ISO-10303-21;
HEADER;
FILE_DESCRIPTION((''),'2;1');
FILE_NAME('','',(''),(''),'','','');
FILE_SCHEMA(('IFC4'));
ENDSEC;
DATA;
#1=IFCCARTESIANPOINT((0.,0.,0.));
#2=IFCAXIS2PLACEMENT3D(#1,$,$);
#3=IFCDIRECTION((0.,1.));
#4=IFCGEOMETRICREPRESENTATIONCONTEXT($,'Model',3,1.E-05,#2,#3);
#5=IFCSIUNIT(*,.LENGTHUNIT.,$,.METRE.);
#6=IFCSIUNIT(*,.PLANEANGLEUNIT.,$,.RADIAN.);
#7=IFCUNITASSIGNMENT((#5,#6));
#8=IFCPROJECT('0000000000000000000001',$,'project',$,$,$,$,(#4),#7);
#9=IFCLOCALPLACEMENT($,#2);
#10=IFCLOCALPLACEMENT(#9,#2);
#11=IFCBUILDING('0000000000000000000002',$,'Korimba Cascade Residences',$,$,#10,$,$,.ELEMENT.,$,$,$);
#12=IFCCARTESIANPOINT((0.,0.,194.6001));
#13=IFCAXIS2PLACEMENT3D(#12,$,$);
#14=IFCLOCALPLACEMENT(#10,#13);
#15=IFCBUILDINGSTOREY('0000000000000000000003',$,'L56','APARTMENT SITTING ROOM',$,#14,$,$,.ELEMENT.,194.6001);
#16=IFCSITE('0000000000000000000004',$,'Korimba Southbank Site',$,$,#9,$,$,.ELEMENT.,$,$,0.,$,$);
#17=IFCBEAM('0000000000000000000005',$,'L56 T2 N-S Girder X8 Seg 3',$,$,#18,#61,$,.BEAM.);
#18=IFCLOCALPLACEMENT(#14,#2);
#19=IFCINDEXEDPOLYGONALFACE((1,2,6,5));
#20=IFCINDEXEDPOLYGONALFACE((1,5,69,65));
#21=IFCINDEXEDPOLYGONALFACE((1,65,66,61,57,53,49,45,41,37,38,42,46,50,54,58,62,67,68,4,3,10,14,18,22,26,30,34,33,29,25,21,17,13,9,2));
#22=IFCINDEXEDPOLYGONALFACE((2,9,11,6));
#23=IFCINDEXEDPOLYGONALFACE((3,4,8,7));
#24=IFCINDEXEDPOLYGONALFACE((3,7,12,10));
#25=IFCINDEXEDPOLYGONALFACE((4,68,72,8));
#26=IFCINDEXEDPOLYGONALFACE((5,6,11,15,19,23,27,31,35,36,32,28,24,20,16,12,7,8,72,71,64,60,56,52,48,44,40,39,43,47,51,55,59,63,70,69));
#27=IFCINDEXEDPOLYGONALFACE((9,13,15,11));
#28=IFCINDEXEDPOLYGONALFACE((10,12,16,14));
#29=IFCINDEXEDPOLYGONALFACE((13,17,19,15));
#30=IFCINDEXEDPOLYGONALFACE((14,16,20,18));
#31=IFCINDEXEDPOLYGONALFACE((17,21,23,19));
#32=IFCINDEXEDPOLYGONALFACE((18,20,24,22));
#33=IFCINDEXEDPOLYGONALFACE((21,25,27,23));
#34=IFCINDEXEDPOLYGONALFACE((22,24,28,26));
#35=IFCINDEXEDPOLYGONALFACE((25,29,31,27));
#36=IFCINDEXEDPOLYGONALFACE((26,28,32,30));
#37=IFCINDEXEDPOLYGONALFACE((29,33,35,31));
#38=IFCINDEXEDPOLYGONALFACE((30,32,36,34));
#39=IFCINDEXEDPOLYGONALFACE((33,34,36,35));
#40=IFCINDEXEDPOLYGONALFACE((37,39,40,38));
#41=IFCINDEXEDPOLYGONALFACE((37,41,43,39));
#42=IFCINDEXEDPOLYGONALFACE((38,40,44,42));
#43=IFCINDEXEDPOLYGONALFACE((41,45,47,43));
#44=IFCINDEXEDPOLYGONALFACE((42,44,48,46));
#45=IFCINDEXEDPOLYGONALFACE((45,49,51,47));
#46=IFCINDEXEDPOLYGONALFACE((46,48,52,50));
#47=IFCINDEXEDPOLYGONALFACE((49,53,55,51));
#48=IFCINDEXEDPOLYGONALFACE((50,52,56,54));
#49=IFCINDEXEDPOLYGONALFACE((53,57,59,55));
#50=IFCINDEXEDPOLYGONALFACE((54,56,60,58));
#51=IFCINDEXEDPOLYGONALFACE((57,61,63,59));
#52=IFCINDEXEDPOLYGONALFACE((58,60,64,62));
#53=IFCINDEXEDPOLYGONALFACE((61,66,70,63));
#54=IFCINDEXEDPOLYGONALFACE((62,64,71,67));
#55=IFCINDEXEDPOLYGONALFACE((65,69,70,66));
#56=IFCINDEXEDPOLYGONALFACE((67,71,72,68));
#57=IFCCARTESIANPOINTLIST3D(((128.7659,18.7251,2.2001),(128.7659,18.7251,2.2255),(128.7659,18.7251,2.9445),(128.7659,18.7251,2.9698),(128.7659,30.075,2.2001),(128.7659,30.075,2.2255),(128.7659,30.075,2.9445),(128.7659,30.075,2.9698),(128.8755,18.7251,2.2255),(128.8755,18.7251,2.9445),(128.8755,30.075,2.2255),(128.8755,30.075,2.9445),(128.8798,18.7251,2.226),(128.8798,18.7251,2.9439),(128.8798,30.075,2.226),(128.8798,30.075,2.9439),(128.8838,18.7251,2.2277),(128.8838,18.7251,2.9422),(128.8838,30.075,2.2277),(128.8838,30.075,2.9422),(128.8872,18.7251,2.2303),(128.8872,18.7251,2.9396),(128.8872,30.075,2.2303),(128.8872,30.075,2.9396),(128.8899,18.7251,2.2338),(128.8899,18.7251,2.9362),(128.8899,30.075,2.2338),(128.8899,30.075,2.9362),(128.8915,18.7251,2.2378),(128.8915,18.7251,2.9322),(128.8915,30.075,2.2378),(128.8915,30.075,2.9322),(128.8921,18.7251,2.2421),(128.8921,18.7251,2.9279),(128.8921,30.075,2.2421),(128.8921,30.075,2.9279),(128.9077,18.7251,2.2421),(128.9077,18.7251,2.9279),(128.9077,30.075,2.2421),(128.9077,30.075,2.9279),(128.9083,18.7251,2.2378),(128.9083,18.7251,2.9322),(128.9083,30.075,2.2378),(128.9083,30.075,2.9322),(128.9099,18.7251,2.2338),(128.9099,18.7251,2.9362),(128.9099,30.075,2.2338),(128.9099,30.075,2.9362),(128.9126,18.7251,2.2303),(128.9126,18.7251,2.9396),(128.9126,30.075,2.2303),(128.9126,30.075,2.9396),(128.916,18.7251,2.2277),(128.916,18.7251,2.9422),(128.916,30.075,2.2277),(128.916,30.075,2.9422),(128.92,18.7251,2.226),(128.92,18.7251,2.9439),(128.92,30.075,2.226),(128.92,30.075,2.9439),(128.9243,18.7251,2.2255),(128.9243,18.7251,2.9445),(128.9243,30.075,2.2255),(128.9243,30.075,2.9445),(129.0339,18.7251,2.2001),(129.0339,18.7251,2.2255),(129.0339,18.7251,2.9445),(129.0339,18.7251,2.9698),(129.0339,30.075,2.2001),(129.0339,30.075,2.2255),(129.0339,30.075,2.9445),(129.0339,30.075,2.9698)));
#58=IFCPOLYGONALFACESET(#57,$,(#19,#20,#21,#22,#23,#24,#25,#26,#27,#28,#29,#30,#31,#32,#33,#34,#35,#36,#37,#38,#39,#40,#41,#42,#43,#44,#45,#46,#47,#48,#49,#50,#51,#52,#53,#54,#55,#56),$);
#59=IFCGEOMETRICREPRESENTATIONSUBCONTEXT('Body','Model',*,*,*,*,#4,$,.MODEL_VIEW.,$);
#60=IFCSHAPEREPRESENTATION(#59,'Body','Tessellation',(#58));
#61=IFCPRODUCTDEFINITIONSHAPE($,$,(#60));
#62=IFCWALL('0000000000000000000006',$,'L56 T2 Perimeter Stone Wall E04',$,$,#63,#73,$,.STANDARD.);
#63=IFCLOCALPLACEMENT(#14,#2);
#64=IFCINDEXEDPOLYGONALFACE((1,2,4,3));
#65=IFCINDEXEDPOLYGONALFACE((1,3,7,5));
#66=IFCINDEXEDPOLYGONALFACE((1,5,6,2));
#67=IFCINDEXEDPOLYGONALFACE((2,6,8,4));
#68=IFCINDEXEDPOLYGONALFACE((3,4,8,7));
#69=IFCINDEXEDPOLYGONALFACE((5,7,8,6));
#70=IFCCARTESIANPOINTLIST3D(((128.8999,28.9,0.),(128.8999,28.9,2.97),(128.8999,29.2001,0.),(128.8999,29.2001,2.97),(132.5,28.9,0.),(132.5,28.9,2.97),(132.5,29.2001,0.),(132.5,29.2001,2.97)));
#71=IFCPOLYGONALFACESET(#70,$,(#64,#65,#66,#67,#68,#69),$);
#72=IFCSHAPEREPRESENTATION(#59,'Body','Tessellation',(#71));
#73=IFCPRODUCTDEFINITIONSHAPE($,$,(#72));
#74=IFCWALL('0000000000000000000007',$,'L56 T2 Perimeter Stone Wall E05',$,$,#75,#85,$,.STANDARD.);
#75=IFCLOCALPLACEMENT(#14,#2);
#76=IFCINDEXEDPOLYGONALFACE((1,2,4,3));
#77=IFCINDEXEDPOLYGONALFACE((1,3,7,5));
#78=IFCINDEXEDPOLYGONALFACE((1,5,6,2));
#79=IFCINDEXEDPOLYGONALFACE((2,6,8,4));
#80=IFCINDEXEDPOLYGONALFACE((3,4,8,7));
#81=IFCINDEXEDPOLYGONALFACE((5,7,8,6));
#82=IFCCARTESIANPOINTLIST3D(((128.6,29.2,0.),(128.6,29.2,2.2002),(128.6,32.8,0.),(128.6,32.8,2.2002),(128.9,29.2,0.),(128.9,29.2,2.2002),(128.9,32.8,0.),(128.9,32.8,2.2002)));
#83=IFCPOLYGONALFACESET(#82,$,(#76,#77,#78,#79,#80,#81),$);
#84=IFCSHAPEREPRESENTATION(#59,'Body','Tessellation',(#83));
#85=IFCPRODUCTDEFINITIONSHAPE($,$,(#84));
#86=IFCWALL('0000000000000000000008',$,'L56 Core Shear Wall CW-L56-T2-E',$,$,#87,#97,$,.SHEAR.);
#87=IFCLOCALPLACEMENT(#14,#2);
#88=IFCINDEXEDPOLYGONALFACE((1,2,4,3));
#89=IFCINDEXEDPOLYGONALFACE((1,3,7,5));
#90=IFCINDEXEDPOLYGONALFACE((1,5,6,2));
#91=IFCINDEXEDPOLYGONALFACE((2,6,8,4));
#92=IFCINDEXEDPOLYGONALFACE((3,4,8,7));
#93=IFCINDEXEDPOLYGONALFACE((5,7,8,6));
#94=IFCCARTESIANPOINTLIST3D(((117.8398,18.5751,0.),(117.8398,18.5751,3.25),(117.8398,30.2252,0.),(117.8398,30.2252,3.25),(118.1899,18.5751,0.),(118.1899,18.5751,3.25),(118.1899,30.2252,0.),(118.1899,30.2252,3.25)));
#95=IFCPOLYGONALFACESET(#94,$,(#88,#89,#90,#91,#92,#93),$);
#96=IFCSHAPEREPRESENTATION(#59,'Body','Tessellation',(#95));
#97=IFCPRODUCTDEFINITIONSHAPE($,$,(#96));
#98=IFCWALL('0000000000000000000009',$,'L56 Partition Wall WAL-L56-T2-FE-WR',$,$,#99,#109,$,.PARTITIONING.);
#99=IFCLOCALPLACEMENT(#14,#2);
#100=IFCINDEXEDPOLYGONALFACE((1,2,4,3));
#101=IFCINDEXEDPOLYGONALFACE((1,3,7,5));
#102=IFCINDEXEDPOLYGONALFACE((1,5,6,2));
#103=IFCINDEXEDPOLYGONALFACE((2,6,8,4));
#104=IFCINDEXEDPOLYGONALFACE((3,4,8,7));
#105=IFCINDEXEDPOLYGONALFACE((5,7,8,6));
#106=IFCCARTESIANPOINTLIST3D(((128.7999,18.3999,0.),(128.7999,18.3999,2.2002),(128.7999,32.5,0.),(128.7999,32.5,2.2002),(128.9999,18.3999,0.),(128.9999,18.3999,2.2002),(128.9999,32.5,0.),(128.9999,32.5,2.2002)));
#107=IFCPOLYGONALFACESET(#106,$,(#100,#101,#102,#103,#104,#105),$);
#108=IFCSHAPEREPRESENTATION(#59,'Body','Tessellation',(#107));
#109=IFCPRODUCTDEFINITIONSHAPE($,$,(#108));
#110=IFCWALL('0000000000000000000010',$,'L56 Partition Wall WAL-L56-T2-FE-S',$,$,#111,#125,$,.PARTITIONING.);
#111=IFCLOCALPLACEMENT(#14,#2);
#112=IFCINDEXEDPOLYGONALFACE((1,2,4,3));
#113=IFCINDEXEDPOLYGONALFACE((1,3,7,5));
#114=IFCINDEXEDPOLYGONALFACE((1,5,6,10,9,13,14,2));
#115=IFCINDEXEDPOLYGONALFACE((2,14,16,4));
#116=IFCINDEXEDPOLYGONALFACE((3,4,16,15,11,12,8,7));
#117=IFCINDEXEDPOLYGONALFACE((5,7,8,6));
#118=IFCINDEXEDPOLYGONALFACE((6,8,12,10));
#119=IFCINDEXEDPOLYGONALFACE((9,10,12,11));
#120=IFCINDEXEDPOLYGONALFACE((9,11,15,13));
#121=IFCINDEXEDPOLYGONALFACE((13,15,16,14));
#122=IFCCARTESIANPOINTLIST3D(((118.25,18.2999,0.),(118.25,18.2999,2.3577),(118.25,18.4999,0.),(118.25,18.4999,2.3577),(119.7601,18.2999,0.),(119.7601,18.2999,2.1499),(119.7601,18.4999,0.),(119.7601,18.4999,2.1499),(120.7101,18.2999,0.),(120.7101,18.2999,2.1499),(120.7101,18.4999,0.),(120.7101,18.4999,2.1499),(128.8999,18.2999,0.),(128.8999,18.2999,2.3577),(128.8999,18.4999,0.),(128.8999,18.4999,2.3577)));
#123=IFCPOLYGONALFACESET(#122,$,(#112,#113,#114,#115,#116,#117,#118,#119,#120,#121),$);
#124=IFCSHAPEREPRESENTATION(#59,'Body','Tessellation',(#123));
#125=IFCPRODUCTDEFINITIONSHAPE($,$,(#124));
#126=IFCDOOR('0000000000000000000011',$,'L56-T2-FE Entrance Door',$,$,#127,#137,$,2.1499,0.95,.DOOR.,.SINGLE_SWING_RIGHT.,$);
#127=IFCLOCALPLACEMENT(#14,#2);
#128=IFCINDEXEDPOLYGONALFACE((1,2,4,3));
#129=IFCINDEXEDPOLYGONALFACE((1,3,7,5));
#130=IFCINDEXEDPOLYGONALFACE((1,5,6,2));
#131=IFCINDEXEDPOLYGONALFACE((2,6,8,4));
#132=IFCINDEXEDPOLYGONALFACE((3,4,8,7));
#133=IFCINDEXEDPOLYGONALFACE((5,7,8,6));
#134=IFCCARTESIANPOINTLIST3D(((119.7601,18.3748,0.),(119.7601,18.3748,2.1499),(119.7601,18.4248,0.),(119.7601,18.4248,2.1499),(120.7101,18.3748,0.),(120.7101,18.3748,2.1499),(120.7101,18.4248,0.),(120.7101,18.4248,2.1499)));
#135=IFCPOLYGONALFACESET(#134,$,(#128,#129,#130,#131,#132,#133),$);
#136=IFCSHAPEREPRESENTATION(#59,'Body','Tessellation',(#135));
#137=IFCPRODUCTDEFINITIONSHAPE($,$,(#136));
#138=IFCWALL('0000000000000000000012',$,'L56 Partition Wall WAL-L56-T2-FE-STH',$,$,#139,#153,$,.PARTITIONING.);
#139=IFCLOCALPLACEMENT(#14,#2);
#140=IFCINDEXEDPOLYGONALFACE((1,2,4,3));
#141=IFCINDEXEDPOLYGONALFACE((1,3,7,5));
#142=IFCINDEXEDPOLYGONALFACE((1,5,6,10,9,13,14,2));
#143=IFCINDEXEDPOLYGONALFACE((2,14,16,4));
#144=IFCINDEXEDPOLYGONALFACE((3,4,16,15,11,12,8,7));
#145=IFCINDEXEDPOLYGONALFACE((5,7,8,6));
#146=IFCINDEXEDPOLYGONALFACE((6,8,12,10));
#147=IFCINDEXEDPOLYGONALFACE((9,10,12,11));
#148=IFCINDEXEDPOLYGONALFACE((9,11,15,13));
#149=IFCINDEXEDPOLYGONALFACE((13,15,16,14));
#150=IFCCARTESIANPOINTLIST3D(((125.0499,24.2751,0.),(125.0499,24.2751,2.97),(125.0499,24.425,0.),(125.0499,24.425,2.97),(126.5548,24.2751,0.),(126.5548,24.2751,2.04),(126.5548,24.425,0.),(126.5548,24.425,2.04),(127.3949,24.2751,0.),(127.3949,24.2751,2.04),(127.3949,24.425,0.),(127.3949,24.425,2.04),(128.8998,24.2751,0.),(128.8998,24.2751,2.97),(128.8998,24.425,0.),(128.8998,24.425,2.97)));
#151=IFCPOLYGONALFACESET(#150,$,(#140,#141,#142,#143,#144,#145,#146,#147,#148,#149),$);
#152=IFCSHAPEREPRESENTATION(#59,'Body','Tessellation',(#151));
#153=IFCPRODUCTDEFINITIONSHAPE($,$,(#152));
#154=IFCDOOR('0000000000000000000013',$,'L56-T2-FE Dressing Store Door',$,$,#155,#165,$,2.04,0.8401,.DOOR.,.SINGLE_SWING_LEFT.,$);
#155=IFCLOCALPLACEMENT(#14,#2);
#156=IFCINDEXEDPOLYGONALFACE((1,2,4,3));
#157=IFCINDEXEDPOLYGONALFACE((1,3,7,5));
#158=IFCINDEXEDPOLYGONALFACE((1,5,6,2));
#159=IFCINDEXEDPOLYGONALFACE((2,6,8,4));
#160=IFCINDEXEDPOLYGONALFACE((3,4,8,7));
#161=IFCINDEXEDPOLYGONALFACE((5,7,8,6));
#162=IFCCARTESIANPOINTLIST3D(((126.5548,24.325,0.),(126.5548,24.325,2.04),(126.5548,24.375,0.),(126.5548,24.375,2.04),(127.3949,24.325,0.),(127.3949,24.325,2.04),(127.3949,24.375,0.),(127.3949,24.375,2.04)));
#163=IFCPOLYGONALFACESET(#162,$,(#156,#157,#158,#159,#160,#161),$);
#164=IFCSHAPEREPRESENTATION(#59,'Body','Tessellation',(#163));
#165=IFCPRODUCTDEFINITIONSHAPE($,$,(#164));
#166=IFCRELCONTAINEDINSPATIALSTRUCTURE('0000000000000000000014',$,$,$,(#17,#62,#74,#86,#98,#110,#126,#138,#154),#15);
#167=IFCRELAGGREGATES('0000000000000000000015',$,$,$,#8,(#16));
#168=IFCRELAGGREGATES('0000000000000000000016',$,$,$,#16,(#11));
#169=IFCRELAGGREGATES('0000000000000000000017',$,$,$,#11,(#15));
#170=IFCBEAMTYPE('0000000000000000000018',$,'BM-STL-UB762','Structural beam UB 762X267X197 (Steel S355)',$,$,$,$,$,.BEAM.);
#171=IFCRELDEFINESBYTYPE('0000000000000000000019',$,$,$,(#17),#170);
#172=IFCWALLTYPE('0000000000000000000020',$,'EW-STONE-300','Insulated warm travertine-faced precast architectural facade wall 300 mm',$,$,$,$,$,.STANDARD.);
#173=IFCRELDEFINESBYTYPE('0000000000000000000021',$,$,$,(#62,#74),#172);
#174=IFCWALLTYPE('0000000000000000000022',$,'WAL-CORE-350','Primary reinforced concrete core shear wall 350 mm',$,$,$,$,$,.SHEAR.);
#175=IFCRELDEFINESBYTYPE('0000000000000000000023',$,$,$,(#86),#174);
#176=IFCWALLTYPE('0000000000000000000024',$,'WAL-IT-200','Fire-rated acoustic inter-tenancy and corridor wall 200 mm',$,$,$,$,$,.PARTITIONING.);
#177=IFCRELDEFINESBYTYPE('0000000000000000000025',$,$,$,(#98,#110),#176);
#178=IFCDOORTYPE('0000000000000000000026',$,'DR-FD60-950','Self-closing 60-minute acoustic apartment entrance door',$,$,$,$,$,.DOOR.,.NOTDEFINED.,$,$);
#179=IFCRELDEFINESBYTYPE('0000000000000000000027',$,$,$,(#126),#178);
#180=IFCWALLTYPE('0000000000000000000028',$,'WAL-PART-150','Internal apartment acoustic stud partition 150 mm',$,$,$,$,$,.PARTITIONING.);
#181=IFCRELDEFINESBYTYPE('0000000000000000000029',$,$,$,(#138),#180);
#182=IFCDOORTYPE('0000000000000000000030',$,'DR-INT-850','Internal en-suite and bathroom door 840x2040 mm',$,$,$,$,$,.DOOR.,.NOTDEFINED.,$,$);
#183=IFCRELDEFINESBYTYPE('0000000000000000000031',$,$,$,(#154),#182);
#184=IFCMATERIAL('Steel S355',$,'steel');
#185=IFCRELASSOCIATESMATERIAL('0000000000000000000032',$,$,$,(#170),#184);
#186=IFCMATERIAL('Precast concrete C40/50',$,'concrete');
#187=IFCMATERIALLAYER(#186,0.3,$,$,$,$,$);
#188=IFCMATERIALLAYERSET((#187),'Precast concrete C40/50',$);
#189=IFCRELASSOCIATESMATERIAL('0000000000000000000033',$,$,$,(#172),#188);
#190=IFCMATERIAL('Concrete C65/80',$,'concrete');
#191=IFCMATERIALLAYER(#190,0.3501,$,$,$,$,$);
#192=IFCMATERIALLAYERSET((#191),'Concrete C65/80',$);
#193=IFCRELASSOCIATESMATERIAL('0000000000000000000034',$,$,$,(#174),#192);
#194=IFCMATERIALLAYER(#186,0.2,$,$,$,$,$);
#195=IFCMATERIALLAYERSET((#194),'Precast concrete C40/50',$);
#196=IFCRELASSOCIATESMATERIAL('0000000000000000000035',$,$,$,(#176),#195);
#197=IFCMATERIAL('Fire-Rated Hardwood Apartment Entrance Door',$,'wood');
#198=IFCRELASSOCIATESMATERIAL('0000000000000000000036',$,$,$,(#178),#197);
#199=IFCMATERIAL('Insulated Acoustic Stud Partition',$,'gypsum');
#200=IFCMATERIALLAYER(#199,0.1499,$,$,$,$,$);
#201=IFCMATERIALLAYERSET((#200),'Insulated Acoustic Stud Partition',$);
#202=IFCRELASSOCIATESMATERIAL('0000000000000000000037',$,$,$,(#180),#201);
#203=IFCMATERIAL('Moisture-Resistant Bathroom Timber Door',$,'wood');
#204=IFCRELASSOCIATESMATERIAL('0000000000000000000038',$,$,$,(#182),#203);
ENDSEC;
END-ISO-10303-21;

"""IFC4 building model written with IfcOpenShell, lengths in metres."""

from ifc_helpers import new_model, si_unit, direction, frame, frame_2d, origin, origin_2d, place, context, subcontext, project, spatial, rectangle, i_section, extrude, material, layer, layer_set, material_profile, profile_set, type_object, element, fill, save


model = new_model("IFC4")

# Units and contexts
model_context = context("Model", 3, precision=1e-05, world=origin(), true_north=direction((0.0, 1.0)))
body_context = subcontext(model_context, "Body", "Model", "MODEL_VIEW")
ifc_project = project(units=[si_unit("LENGTHUNIT", "METRE"), si_unit("PLANEANGLEUNIT", "RADIAN")], contexts=[model_context])

# Site, building, storey
site_placement = place(None, origin())
site = spatial("IfcSite", under=ifc_project, at=site_placement, Name="Korimba Southbank Site", CompositionType="ELEMENT", RefElevation=0.0)
building_placement = place(site_placement, origin())
building = spatial("IfcBuilding", under=site, at=building_placement, Name="Korimba Cascade Residences", CompositionType="ELEMENT")
storey_placement = place(building_placement, frame((0.0, 0.0, 194.6001)))
storey = spatial("IfcBuildingStorey", under=building, at=storey_placement, Name="L56", Description="APARTMENT SITTING ROOM", CompositionType="ELEMENT", Elevation=194.6001)

# Beam
ifc_material_1 = material(Name="Steel S355", Category="steel")
ifc_material_profile_1 = material_profile(ifc_material_1, i_section(OverallWidth=0.2681, OverallDepth=0.7698, WebThickness=0.0156, FlangeThickness=0.0254, FilletRadius=0.0166, at=origin_2d()), Name="Steel S355")
ifc_profile_set_1 = profile_set([ifc_material_profile_1], Name="Steel S355")
beam_type_1 = type_object("IfcBeamType", Name="BM-STL-UB762", Description="Structural beam UB 762X267X197 (Steel S355)", PredefinedType="BEAM", material=ifc_profile_set_1)
beam_1_placement = place(storey_placement, frame((128.8999, 18.7251, 2.585), z_axis=(0.0, 1.0, 0.0), x_axis=(-1.0, 0.0, 0.0)))
element("IfcBeam", 1, at=beam_1_placement, inside=storey, type_object=beam_type_1, Name="L56 T2 N-S Girder X8 Seg 3", PredefinedType="BEAM", context=body_context, shape_type="SweptSolid", body=[
    extrude(i_section(OverallWidth=0.2681, OverallDepth=0.7698, WebThickness=0.0156, FlangeThickness=0.0254, FilletRadius=0.0166, at=origin_2d()), origin(), (0.0, 0.0, 1.0), 11.3499),
])

# Walls
ifc_material_2 = material(Name="Precast concrete C40/50", Category="concrete")
ifc_layer_1 = layer(ifc_material_2, 0.3)
ifc_layer_set_1 = layer_set([ifc_layer_1], Name="Precast concrete C40/50")
wall_type_1 = type_object("IfcWallType", Name="EW-STONE-300", Description="Insulated warm travertine-faced precast architectural facade wall 300 mm", PredefinedType="STANDARD", material=ifc_layer_set_1)
wall_1_placement = place(storey_placement, frame((132.5, 29.05, 0.0), z_axis=(0.0, 0.0, 1.0), x_axis=(-1.0, 0.0, 0.0)))
element("IfcWall", 2, at=wall_1_placement, inside=storey, type_object=wall_type_1, Name="L56 T2 Perimeter Stone Wall E04", PredefinedType="STANDARD", context=body_context, shape_type="SweptSolid", body=[
    extrude(rectangle(XDim=3.6001, YDim=0.3, at=frame_2d((1.8, 0.0))), origin(), (0.0, 0.0, 1.0), 2.97),
])
wall_2_placement = place(storey_placement, frame((128.75, 29.2, 0.0), z_axis=(0.0, 0.0, 1.0), x_axis=(0.0, 1.0, 0.0)))
element("IfcWall", 3, at=wall_2_placement, inside=storey, type_object=wall_type_1, Name="L56 T2 Perimeter Stone Wall E05", PredefinedType="STANDARD", context=body_context, shape_type="SweptSolid", body=[
    extrude(rectangle(XDim=3.6001, YDim=0.3, at=frame_2d((1.8, 0.0))), origin(), (0.0, 0.0, 1.0), 2.2002),
])
ifc_material_3 = material(Name="Concrete C65/80", Category="concrete")
ifc_layer_2 = layer(ifc_material_3, 0.3501)
ifc_layer_set_2 = layer_set([ifc_layer_2], Name="Concrete C65/80")
wall_type_2 = type_object("IfcWallType", Name="WAL-CORE-350", Description="Primary reinforced concrete core shear wall 350 mm", PredefinedType="SHEAR", material=ifc_layer_set_2)
wall_3_placement = place(storey_placement, frame((118.0149, 18.575, 0.0), z_axis=(0.0, 0.0, 1.0), x_axis=(0.0, 1.0, 0.0)))
element("IfcWall", 4, at=wall_3_placement, inside=storey, type_object=wall_type_2, Name="L56 Core Shear Wall CW-L56-T2-E", PredefinedType="SHEAR", context=body_context, shape_type="SweptSolid", body=[
    extrude(rectangle(XDim=11.6501, YDim=0.3501, at=frame_2d((5.8252, 0.0))), origin(), (0.0, 0.0, 1.0), 3.25),
])
ifc_layer_3 = layer(ifc_material_2, 0.2)
ifc_layer_set_3 = layer_set([ifc_layer_3], Name="Precast concrete C40/50")
wall_type_3 = type_object("IfcWallType", Name="WAL-IT-200", Description="Fire-rated acoustic inter-tenancy and corridor wall 200 mm", PredefinedType="PARTITIONING", material=ifc_layer_set_3)
wall_4_placement = place(storey_placement, frame((128.8999, 18.3999, 0.0), z_axis=(0.0, 0.0, 1.0), x_axis=(0.0, 1.0, 0.0)))
element("IfcWall", 5, at=wall_4_placement, inside=storey, type_object=wall_type_3, Name="L56 Partition Wall WAL-L56-T2-FE-WR", PredefinedType="PARTITIONING", context=body_context, shape_type="SweptSolid", body=[
    extrude(rectangle(XDim=14.1001, YDim=0.2, at=frame_2d((7.05, 0.0))), origin(), (0.0, 0.0, 1.0), 2.2002),
])

# Walls, openings, doors
wall_5_placement = place(storey_placement, frame((118.25, 18.3999, 0.0), z_axis=(0.0, 0.0, 1.0), x_axis=(1.0, 0.0, 0.0)))
wall_5 = element("IfcWall", 6, at=wall_5_placement, inside=storey, type_object=wall_type_3, Name="L56 Partition Wall WAL-L56-T2-FE-S", PredefinedType="PARTITIONING", context=body_context, shape_type="SweptSolid", body=[
    extrude(rectangle(XDim=10.6499, YDim=0.2, at=frame_2d((5.325, 0.0))), origin(), (0.0, 0.0, 1.0), 2.3577),
])
opening_1_placement = place(wall_5_placement, frame((1.51, 0.0, 0.0)))
opening_1 = element("IfcOpeningElement", 7, at=opening_1_placement, cuts=wall_5, PredefinedType="OPENING", context=body_context, shape_type="SweptSolid", body=[
    extrude(rectangle(XDim=0.95, YDim=2.1499, at=frame_2d((0.4751, 1.075))), frame((0.0, 0.1099, 0.0), z_axis=(0.0, -1.0, 0.0), x_axis=(1.0, 0.0, 0.0)), (0.0, 0.0, 1.0), 0.22),
])
ifc_material_4 = material(Name="Fire-Rated Hardwood Apartment Entrance Door", Category="wood")
door_type_1 = type_object("IfcDoorType", Name="DR-FD60-950", Description="Self-closing 60-minute acoustic apartment entrance door", OperationType="NOTDEFINED", PredefinedType="DOOR", material=ifc_material_4)
door_1_placement = place(opening_1_placement, origin())
door_1 = element("IfcDoor", 8, at=door_1_placement, inside=storey, type_object=door_type_1, Name="L56-T2-FE Entrance Door", OperationType="SINGLE_SWING_RIGHT", OverallHeight=2.1499, OverallWidth=0.95, PredefinedType="DOOR", context=body_context, shape_type="SweptSolid", body=[
    extrude(rectangle(XDim=0.95, YDim=2.1499, at=frame_2d((0.4751, 1.075))), frame((0.0, 0.0249, 0.0), z_axis=(0.0, -1.0, 0.0), x_axis=(1.0, 0.0, 0.0)), (0.0, 0.0, 1.0), 0.05),
])
fill(opening_1, door_1)
ifc_material_5 = material(Name="Insulated Acoustic Stud Partition", Category="gypsum")
ifc_layer_4 = layer(ifc_material_5, 0.1499)
ifc_layer_set_4 = layer_set([ifc_layer_4], Name="Insulated Acoustic Stud Partition")
wall_type_4 = type_object("IfcWallType", Name="WAL-PART-150", Description="Internal apartment acoustic stud partition 150 mm", PredefinedType="PARTITIONING", material=ifc_layer_set_4)
wall_6_placement = place(storey_placement, frame((125.05, 24.3501, 0.0), z_axis=(0.0, 0.0, 1.0), x_axis=(1.0, 0.0, 0.0)))
wall_6 = element("IfcWall", 9, at=wall_6_placement, inside=storey, type_object=wall_type_4, Name="L56 Partition Wall WAL-L56-T2-FE-STH", PredefinedType="PARTITIONING", context=body_context, shape_type="SweptSolid", body=[
    extrude(rectangle(XDim=3.8499, YDim=0.1499, at=frame_2d((1.9248, 0.0))), origin(), (0.0, 0.0, 1.0), 2.97),
])
opening_2_placement = place(wall_6_placement, frame((1.5049, 0.0, 0.0)))
opening_2 = element("IfcOpeningElement", 10, at=opening_2_placement, cuts=wall_6, PredefinedType="OPENING", context=body_context, shape_type="SweptSolid", body=[
    extrude(rectangle(XDim=0.8401, YDim=2.04, at=frame_2d((0.4199, 1.02))), frame((0.0, 0.085, 0.0), z_axis=(0.0, -1.0, 0.0), x_axis=(1.0, 0.0, 0.0)), (0.0, 0.0, 1.0), 0.1699),
])
ifc_material_6 = material(Name="Moisture-Resistant Bathroom Timber Door", Category="wood")
door_type_2 = type_object("IfcDoorType", Name="DR-INT-850", Description="Internal en-suite and bathroom door 840x2040 mm", OperationType="NOTDEFINED", PredefinedType="DOOR", material=ifc_material_6)
door_2_placement = place(opening_2_placement, origin())
door_2 = element("IfcDoor", 11, at=door_2_placement, inside=storey, type_object=door_type_2, Name="L56-T2-FE Dressing Store Door", OperationType="SINGLE_SWING_LEFT", OverallHeight=2.04, OverallWidth=0.8401, PredefinedType="DOOR", context=body_context, shape_type="SweptSolid", body=[
    extrude(rectangle(XDim=0.8401, YDim=2.04, at=frame_2d((0.4199, 1.02))), frame((0.0, 0.0249, 0.0), z_axis=(0.0, -1.0, 0.0), x_axis=(1.0, 0.0, 0.0)), (0.0, 0.0, 1.0), 0.05),
])
fill(opening_2, door_2)

save(model, "model.ifc")
